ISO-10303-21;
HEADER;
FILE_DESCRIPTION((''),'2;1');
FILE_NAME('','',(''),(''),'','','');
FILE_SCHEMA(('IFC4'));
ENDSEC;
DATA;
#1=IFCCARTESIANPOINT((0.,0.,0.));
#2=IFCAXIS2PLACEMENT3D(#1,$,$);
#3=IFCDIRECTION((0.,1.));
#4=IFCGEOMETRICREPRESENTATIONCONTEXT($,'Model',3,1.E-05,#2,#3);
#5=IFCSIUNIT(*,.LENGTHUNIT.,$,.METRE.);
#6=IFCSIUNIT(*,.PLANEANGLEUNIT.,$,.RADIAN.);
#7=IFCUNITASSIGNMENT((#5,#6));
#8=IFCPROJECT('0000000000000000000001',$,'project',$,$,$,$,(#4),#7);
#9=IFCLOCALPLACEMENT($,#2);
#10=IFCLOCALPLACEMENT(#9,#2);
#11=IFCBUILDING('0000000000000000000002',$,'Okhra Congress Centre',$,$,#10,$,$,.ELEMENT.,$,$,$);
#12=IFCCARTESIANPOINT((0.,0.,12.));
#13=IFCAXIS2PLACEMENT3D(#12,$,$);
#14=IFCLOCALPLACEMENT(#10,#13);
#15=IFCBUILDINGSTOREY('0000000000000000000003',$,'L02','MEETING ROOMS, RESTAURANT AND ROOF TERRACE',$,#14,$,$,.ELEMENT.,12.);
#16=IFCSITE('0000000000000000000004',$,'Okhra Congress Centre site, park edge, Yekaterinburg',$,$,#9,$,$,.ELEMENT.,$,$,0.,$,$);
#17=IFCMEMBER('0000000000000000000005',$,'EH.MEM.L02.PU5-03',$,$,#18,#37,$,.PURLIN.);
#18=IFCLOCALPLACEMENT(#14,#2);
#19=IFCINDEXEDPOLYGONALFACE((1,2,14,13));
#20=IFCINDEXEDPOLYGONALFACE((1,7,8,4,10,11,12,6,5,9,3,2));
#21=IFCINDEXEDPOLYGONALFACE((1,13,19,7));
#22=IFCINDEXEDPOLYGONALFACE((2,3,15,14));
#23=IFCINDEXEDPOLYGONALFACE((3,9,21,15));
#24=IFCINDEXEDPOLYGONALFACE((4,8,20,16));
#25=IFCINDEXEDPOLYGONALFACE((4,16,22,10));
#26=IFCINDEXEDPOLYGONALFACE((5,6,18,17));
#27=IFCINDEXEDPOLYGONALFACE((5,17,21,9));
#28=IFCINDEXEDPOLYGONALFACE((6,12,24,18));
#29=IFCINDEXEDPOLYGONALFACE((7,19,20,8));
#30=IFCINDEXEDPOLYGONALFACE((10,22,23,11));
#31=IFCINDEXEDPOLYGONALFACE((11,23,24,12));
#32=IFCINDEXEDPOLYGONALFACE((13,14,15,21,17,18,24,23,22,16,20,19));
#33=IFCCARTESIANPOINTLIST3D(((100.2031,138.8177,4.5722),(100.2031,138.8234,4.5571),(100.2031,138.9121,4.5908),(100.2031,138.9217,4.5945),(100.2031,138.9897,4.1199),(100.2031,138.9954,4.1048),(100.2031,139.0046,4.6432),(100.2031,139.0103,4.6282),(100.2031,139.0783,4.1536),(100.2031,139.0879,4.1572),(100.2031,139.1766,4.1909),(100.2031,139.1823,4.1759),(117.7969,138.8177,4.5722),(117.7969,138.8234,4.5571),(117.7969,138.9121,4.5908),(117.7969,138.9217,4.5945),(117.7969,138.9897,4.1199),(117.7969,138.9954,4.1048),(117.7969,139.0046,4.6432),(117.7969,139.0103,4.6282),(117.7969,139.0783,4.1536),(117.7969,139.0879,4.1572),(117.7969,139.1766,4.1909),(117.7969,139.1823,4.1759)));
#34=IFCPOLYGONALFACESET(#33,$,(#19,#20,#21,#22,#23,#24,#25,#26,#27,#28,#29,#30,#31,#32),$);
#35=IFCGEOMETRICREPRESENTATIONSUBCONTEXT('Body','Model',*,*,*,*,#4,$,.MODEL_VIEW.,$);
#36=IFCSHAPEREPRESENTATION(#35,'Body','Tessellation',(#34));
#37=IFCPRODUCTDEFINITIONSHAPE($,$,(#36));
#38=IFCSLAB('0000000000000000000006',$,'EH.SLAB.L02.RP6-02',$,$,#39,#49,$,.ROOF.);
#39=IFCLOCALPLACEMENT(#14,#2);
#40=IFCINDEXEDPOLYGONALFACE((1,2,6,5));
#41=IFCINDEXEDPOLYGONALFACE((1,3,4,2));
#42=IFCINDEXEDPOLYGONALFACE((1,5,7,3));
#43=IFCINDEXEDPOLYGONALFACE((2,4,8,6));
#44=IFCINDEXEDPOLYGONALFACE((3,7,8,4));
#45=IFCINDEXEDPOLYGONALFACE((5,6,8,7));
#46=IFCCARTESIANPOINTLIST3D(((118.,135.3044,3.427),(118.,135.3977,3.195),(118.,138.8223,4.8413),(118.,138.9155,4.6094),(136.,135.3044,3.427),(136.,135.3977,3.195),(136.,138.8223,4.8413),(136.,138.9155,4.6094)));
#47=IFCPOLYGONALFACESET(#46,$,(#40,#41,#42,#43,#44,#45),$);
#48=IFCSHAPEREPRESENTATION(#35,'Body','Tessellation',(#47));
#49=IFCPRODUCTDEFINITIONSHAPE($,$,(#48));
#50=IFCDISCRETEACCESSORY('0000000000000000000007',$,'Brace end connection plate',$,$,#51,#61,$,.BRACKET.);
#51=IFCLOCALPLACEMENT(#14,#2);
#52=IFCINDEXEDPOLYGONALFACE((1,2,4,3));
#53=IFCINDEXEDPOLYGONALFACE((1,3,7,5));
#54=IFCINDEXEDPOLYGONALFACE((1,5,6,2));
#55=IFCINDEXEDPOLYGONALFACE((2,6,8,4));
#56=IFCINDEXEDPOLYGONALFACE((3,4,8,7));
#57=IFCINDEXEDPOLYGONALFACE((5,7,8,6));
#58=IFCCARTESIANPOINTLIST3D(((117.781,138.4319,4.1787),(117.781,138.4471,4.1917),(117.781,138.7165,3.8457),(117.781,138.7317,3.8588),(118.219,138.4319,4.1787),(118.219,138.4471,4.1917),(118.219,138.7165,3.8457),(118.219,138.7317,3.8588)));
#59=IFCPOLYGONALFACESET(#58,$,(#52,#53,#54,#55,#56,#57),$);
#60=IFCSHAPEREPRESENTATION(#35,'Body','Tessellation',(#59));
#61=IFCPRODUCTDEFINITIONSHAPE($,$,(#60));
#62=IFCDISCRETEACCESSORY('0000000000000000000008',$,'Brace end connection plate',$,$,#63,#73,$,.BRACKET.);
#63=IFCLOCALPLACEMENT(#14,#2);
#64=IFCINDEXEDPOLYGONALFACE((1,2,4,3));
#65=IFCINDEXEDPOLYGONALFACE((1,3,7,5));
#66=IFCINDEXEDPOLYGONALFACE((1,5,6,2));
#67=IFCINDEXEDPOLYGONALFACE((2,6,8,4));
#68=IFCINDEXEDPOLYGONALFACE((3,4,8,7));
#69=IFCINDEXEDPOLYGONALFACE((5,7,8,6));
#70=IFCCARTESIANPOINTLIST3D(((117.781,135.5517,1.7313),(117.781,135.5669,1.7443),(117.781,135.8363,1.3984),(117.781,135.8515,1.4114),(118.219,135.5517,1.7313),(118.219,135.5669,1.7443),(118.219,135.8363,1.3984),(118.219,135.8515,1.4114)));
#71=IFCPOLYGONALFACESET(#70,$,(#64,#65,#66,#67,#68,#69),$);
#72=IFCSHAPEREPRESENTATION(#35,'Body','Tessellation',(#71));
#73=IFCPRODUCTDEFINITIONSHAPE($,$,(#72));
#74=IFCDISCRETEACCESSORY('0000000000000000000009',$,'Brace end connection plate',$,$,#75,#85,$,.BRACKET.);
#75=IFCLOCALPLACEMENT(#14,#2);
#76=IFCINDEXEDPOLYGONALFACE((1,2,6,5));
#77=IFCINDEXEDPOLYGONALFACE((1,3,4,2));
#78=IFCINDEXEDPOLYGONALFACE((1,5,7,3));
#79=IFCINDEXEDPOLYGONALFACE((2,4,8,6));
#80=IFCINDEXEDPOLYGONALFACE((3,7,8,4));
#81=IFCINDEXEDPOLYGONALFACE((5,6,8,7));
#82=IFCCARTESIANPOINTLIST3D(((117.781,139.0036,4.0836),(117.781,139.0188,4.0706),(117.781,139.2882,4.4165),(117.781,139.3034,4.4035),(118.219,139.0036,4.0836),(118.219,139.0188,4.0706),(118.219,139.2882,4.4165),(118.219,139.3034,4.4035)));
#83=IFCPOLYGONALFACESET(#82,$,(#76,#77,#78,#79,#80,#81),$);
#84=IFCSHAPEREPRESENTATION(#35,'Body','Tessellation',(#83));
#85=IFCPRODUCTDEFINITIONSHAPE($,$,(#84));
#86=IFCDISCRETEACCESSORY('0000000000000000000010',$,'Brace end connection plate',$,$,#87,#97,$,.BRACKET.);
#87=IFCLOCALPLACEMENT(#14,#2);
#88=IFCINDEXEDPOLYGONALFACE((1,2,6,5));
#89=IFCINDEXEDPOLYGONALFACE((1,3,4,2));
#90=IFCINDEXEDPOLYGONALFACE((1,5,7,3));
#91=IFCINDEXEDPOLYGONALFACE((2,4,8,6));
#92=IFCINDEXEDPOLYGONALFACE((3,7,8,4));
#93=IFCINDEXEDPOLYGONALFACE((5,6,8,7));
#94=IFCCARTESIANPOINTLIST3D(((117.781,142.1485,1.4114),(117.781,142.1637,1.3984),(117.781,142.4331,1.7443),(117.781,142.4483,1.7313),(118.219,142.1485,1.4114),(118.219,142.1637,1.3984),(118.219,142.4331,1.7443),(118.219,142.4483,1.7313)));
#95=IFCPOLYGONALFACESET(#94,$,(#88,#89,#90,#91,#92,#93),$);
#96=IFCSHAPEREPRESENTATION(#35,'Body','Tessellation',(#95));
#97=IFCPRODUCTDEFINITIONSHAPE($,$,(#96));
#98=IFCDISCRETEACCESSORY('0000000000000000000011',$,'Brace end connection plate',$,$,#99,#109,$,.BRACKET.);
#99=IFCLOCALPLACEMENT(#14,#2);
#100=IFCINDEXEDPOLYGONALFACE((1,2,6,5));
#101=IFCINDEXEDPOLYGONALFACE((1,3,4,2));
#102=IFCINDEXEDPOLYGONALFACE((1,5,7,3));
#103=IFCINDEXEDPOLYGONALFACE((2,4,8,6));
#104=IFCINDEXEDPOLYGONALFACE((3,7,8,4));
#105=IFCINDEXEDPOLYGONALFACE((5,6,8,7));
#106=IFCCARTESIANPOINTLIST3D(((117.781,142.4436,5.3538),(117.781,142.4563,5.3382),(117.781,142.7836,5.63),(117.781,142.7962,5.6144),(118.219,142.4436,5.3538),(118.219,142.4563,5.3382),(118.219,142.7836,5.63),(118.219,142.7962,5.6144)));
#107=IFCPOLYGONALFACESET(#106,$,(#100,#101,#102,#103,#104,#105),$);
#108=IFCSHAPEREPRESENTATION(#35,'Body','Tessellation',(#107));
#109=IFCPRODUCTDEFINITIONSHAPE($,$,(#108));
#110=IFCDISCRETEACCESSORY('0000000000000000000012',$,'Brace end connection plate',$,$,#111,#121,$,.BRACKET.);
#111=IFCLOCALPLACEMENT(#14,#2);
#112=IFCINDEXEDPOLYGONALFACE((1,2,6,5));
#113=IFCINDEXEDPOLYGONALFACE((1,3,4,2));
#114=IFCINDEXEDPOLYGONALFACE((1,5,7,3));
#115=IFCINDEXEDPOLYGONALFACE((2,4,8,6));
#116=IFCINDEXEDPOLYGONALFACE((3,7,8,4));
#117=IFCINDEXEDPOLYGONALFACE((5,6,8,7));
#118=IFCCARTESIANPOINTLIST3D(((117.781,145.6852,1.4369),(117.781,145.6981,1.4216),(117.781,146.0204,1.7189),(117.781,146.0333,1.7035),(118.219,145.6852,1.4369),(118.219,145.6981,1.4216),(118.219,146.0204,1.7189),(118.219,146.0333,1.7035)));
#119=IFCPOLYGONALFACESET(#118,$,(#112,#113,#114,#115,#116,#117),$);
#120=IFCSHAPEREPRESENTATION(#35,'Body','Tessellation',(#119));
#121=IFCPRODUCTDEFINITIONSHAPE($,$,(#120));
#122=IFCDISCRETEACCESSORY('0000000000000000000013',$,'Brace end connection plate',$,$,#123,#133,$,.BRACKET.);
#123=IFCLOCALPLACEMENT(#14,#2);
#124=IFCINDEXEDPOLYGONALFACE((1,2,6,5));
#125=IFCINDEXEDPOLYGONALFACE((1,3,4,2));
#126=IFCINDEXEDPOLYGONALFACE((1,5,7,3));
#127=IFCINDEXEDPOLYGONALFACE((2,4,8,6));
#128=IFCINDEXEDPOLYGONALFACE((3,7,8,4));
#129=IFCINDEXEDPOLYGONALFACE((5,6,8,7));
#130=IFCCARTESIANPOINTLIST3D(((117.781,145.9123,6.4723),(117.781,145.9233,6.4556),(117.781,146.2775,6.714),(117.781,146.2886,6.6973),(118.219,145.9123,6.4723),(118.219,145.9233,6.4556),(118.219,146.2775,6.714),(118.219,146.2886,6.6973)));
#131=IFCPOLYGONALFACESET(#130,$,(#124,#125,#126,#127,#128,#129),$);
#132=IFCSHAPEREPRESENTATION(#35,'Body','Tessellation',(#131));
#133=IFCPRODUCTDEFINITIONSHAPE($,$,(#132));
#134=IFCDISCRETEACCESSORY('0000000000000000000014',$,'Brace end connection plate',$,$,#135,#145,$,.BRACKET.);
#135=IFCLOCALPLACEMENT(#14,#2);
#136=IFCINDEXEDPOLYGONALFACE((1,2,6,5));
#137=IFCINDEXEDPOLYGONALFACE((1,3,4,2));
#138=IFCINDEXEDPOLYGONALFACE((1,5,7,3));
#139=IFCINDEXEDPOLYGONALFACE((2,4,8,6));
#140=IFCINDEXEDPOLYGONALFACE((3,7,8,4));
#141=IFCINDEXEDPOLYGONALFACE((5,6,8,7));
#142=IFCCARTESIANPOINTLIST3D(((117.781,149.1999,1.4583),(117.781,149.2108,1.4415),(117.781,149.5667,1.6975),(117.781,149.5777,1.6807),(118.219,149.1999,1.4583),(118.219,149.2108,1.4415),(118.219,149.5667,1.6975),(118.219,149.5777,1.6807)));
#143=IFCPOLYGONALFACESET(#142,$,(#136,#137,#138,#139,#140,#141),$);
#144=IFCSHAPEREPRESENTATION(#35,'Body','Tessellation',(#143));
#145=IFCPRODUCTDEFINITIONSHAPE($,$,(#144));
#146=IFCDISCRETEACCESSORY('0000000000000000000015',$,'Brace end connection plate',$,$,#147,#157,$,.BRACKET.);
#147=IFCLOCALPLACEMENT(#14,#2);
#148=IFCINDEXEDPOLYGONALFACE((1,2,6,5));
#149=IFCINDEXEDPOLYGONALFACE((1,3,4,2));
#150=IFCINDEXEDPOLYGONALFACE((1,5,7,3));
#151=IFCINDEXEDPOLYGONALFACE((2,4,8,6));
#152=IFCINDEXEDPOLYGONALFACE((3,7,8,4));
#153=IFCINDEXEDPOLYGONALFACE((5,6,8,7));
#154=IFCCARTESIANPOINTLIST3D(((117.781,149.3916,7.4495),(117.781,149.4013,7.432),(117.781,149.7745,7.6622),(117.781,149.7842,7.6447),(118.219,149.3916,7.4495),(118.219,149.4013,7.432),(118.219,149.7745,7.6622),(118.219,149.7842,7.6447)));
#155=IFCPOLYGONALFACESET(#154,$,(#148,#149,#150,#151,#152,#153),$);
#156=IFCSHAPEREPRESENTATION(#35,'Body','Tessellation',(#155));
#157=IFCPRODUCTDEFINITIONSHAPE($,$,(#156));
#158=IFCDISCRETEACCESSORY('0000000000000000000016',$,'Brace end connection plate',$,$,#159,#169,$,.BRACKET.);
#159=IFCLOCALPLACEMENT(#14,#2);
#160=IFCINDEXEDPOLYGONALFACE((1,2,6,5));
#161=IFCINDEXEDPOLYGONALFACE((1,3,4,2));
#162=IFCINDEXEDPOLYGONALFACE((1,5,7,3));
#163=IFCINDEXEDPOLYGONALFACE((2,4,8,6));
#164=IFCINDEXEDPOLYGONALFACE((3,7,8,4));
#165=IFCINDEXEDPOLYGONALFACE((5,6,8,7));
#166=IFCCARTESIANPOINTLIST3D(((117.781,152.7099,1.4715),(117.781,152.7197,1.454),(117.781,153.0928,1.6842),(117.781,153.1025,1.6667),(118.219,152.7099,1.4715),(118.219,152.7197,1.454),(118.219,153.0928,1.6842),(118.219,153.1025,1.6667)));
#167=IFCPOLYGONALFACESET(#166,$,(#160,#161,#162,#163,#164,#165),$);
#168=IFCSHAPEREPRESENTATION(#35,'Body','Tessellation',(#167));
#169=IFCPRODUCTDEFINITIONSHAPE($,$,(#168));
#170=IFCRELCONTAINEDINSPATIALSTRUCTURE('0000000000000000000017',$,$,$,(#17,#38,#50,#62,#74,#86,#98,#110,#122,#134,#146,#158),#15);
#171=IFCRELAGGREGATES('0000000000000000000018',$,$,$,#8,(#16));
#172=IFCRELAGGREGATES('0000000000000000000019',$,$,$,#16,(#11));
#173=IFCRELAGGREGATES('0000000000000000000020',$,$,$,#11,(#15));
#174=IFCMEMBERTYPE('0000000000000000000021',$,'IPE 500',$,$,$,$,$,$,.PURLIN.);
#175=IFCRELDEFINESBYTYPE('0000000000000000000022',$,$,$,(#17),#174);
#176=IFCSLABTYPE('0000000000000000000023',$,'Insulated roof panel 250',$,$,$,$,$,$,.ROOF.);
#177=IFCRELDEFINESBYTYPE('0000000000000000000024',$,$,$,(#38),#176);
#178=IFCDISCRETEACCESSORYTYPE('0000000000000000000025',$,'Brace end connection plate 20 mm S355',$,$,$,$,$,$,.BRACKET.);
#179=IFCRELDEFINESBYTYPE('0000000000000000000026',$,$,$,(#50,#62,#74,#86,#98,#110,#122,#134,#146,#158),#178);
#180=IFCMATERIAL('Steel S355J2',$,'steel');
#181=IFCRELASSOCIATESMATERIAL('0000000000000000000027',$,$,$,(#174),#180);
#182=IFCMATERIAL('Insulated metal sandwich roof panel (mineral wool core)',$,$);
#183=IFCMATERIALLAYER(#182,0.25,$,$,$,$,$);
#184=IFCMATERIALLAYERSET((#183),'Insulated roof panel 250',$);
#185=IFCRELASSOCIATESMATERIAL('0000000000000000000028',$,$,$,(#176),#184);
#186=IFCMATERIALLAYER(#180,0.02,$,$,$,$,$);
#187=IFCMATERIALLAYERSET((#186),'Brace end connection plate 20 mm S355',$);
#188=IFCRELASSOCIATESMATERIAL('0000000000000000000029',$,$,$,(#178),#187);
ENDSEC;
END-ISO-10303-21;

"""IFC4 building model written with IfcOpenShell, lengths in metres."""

from ifc_helpers import new_model, si_unit, direction, frame, origin, origin_2d, place, context, subcontext, project, spatial, polyline, rectangle, i_section, outline, extrude, material, layer, layer_set, material_profile, profile_set, type_object, element, save


model = new_model("IFC4")

# Units and contexts
model_context = context("Model", 3, precision=1e-05, world=origin(), true_north=direction((0.0, 1.0)))
body_context = subcontext(model_context, "Body", "Model", "MODEL_VIEW")
ifc_project = project(units=[si_unit("LENGTHUNIT", "METRE"), si_unit("PLANEANGLEUNIT", "RADIAN")], contexts=[model_context])

# Site, building, storey
site_placement = place(None, origin())
site = spatial("IfcSite", under=ifc_project, at=site_placement, Name="Okhra Congress Centre site, park edge, Yekaterinburg", CompositionType="ELEMENT", RefElevation=0.0)
building_placement = place(site_placement, origin())
building = spatial("IfcBuilding", under=site, at=building_placement, Name="Okhra Congress Centre", CompositionType="ELEMENT")
storey_placement = place(building_placement, frame((0.0, 0.0, 12.0)))
storey = spatial("IfcBuildingStorey", under=building, at=storey_placement, Name="L02", Description="MEETING ROOMS, RESTAURANT AND ROOF TERRACE", CompositionType="ELEMENT", Elevation=12.0)

# Shared definitions
ifc_material_1 = material(Name="Steel S355J2", Category="steel")

# Member
ifc_material_profile_1 = material_profile(ifc_material_1, i_section(OverallWidth=0.2, OverallDepth=0.5, WebThickness=0.0103, FlangeThickness=0.0161, at=origin_2d()), Name="IPE 500")
ifc_profile_set_1 = profile_set([ifc_material_profile_1], Name="Steel S355J2")
member_type_1 = type_object("IfcMemberType", Name="IPE 500", PredefinedType="PURLIN", material=ifc_profile_set_1)
for number, where, z_axis, x_axis, name in (
    (1, (100.2031, 139.0, 4.374), (1.0, 0.0, 0.0), (0.0, 0.934733, 0.355351), "EH.MEM.L02.PU5-03"),
):
    element("IfcMember", number, at=place(storey_placement, frame(where, z_axis=z_axis, x_axis=x_axis)), inside=storey, type_object=member_type_1, Name=name, PredefinedType="PURLIN", context=body_context, shape_type="SweptSolid", body=[
        extrude(i_section(OverallWidth=0.2, OverallDepth=0.5, WebThickness=0.0103, FlangeThickness=0.0161, at=origin_2d()), origin(), (0.0, 0.0, 1.0), 17.5938),
    ])

# Slab
ifc_material_2 = material(Name="Insulated metal sandwich roof panel (mineral wool core)")
ifc_layer_1 = layer(ifc_material_2, 0.25)
ifc_layer_set_1 = layer_set([ifc_layer_1], Name="Insulated roof panel 250")
slab_type = type_object("IfcSlabType", Name="Insulated roof panel 250", PredefinedType="ROOF", material=ifc_layer_set_1)
slab_placement = place(storey_placement, frame((118.0, 135.3044, 3.427), z_axis=(0.0, -0.373022, 0.927822), x_axis=(1.0, 0.0, 0.0)))
element("IfcSlab", 2, at=slab_placement, inside=storey, type_object=slab_type, Name="EH.SLAB.L02.RP6-02", PredefinedType="ROOF", context=body_context, shape_type="SweptSolid", body=[
    extrude(outline(polyline([(0.0, 0.0), (18.0, 0.0), (18.0, 3.7915), (0.0, 3.7915), (0.0, 0.0)])), origin(), (0.0, 0.0, -1.0), 0.25),
])

# Discrete accessories
ifc_layer_2 = layer(ifc_material_1, 0.02)
ifc_layer_set_2 = layer_set([ifc_layer_2], Name="Brace end connection plate 20 mm S355")
discrete_accessory_type = type_object("IfcDiscreteAccessoryType", Name="Brace end connection plate 20 mm S355", PredefinedType="BRACKET", material=ifc_layer_set_2)
for number, where, z_axis, x_axis, name in (
    (3, (118.0, 138.5742, 4.0122), (0.0, 0.760121, 0.649781), (-1.0, 0.0, 0.0), "Brace end connection plate"),
    (4, (118.0, 135.7092, 1.5779), (0.0, -0.760121, -0.649781), (1.0, 0.0, 0.0), "Brace end connection plate"),
    (5, (118.0, 139.1611, 4.2371), (0.0, -0.760121, 0.649781), (1.0, 0.0, 0.0), "Brace end connection plate"),
    (6, (118.0, 142.2908, 1.5779), (0.0, 0.760121, -0.649781), (-1.0, 0.0, 0.0), "Brace end connection plate"),
    (7, (118.0, 142.6262, 5.4763), (0.0, -0.630593, 0.776114), (1.0, 0.0, 0.0), "Brace end connection plate"),
    (8, (118.0, 145.8528, 1.5779), (0.0, 0.643762, -0.765226), (-1.0, 0.0, 0.0), "Brace end connection plate"),
    (9, (118.0, 146.106, 6.5764), (0.0, -0.551867, 0.833932), (1.0, 0.0, 0.0), "Brace end connection plate"),
    (10, (118.0, 149.3833, 1.5779), (0.0, 0.546268, -0.837611), (-1.0, 0.0, 0.0), "Brace end connection plate"),
    (11, (118.0, 149.5928, 7.5383), (0.0, -0.485643, 0.874157), (1.0, 0.0, 0.0), "Brace end connection plate"),
    (12, (118.0, 152.9014, 1.5779), (0.0, 0.485643, -0.874157), (-1.0, 0.0, 0.0), "Brace end connection plate"),
):
    element("IfcDiscreteAccessory", number, at=place(storey_placement, frame(where, z_axis=z_axis, x_axis=x_axis)), inside=storey, type_object=discrete_accessory_type, Name=name, PredefinedType="BRACKET", context=body_context, shape_type="SweptSolid", body=[
        extrude(rectangle(XDim=0.438, YDim=0.438, at=origin_2d()), origin(), (0.0, 0.0, 1.0), 0.02),
    ])

save(model, "model.ifc")
